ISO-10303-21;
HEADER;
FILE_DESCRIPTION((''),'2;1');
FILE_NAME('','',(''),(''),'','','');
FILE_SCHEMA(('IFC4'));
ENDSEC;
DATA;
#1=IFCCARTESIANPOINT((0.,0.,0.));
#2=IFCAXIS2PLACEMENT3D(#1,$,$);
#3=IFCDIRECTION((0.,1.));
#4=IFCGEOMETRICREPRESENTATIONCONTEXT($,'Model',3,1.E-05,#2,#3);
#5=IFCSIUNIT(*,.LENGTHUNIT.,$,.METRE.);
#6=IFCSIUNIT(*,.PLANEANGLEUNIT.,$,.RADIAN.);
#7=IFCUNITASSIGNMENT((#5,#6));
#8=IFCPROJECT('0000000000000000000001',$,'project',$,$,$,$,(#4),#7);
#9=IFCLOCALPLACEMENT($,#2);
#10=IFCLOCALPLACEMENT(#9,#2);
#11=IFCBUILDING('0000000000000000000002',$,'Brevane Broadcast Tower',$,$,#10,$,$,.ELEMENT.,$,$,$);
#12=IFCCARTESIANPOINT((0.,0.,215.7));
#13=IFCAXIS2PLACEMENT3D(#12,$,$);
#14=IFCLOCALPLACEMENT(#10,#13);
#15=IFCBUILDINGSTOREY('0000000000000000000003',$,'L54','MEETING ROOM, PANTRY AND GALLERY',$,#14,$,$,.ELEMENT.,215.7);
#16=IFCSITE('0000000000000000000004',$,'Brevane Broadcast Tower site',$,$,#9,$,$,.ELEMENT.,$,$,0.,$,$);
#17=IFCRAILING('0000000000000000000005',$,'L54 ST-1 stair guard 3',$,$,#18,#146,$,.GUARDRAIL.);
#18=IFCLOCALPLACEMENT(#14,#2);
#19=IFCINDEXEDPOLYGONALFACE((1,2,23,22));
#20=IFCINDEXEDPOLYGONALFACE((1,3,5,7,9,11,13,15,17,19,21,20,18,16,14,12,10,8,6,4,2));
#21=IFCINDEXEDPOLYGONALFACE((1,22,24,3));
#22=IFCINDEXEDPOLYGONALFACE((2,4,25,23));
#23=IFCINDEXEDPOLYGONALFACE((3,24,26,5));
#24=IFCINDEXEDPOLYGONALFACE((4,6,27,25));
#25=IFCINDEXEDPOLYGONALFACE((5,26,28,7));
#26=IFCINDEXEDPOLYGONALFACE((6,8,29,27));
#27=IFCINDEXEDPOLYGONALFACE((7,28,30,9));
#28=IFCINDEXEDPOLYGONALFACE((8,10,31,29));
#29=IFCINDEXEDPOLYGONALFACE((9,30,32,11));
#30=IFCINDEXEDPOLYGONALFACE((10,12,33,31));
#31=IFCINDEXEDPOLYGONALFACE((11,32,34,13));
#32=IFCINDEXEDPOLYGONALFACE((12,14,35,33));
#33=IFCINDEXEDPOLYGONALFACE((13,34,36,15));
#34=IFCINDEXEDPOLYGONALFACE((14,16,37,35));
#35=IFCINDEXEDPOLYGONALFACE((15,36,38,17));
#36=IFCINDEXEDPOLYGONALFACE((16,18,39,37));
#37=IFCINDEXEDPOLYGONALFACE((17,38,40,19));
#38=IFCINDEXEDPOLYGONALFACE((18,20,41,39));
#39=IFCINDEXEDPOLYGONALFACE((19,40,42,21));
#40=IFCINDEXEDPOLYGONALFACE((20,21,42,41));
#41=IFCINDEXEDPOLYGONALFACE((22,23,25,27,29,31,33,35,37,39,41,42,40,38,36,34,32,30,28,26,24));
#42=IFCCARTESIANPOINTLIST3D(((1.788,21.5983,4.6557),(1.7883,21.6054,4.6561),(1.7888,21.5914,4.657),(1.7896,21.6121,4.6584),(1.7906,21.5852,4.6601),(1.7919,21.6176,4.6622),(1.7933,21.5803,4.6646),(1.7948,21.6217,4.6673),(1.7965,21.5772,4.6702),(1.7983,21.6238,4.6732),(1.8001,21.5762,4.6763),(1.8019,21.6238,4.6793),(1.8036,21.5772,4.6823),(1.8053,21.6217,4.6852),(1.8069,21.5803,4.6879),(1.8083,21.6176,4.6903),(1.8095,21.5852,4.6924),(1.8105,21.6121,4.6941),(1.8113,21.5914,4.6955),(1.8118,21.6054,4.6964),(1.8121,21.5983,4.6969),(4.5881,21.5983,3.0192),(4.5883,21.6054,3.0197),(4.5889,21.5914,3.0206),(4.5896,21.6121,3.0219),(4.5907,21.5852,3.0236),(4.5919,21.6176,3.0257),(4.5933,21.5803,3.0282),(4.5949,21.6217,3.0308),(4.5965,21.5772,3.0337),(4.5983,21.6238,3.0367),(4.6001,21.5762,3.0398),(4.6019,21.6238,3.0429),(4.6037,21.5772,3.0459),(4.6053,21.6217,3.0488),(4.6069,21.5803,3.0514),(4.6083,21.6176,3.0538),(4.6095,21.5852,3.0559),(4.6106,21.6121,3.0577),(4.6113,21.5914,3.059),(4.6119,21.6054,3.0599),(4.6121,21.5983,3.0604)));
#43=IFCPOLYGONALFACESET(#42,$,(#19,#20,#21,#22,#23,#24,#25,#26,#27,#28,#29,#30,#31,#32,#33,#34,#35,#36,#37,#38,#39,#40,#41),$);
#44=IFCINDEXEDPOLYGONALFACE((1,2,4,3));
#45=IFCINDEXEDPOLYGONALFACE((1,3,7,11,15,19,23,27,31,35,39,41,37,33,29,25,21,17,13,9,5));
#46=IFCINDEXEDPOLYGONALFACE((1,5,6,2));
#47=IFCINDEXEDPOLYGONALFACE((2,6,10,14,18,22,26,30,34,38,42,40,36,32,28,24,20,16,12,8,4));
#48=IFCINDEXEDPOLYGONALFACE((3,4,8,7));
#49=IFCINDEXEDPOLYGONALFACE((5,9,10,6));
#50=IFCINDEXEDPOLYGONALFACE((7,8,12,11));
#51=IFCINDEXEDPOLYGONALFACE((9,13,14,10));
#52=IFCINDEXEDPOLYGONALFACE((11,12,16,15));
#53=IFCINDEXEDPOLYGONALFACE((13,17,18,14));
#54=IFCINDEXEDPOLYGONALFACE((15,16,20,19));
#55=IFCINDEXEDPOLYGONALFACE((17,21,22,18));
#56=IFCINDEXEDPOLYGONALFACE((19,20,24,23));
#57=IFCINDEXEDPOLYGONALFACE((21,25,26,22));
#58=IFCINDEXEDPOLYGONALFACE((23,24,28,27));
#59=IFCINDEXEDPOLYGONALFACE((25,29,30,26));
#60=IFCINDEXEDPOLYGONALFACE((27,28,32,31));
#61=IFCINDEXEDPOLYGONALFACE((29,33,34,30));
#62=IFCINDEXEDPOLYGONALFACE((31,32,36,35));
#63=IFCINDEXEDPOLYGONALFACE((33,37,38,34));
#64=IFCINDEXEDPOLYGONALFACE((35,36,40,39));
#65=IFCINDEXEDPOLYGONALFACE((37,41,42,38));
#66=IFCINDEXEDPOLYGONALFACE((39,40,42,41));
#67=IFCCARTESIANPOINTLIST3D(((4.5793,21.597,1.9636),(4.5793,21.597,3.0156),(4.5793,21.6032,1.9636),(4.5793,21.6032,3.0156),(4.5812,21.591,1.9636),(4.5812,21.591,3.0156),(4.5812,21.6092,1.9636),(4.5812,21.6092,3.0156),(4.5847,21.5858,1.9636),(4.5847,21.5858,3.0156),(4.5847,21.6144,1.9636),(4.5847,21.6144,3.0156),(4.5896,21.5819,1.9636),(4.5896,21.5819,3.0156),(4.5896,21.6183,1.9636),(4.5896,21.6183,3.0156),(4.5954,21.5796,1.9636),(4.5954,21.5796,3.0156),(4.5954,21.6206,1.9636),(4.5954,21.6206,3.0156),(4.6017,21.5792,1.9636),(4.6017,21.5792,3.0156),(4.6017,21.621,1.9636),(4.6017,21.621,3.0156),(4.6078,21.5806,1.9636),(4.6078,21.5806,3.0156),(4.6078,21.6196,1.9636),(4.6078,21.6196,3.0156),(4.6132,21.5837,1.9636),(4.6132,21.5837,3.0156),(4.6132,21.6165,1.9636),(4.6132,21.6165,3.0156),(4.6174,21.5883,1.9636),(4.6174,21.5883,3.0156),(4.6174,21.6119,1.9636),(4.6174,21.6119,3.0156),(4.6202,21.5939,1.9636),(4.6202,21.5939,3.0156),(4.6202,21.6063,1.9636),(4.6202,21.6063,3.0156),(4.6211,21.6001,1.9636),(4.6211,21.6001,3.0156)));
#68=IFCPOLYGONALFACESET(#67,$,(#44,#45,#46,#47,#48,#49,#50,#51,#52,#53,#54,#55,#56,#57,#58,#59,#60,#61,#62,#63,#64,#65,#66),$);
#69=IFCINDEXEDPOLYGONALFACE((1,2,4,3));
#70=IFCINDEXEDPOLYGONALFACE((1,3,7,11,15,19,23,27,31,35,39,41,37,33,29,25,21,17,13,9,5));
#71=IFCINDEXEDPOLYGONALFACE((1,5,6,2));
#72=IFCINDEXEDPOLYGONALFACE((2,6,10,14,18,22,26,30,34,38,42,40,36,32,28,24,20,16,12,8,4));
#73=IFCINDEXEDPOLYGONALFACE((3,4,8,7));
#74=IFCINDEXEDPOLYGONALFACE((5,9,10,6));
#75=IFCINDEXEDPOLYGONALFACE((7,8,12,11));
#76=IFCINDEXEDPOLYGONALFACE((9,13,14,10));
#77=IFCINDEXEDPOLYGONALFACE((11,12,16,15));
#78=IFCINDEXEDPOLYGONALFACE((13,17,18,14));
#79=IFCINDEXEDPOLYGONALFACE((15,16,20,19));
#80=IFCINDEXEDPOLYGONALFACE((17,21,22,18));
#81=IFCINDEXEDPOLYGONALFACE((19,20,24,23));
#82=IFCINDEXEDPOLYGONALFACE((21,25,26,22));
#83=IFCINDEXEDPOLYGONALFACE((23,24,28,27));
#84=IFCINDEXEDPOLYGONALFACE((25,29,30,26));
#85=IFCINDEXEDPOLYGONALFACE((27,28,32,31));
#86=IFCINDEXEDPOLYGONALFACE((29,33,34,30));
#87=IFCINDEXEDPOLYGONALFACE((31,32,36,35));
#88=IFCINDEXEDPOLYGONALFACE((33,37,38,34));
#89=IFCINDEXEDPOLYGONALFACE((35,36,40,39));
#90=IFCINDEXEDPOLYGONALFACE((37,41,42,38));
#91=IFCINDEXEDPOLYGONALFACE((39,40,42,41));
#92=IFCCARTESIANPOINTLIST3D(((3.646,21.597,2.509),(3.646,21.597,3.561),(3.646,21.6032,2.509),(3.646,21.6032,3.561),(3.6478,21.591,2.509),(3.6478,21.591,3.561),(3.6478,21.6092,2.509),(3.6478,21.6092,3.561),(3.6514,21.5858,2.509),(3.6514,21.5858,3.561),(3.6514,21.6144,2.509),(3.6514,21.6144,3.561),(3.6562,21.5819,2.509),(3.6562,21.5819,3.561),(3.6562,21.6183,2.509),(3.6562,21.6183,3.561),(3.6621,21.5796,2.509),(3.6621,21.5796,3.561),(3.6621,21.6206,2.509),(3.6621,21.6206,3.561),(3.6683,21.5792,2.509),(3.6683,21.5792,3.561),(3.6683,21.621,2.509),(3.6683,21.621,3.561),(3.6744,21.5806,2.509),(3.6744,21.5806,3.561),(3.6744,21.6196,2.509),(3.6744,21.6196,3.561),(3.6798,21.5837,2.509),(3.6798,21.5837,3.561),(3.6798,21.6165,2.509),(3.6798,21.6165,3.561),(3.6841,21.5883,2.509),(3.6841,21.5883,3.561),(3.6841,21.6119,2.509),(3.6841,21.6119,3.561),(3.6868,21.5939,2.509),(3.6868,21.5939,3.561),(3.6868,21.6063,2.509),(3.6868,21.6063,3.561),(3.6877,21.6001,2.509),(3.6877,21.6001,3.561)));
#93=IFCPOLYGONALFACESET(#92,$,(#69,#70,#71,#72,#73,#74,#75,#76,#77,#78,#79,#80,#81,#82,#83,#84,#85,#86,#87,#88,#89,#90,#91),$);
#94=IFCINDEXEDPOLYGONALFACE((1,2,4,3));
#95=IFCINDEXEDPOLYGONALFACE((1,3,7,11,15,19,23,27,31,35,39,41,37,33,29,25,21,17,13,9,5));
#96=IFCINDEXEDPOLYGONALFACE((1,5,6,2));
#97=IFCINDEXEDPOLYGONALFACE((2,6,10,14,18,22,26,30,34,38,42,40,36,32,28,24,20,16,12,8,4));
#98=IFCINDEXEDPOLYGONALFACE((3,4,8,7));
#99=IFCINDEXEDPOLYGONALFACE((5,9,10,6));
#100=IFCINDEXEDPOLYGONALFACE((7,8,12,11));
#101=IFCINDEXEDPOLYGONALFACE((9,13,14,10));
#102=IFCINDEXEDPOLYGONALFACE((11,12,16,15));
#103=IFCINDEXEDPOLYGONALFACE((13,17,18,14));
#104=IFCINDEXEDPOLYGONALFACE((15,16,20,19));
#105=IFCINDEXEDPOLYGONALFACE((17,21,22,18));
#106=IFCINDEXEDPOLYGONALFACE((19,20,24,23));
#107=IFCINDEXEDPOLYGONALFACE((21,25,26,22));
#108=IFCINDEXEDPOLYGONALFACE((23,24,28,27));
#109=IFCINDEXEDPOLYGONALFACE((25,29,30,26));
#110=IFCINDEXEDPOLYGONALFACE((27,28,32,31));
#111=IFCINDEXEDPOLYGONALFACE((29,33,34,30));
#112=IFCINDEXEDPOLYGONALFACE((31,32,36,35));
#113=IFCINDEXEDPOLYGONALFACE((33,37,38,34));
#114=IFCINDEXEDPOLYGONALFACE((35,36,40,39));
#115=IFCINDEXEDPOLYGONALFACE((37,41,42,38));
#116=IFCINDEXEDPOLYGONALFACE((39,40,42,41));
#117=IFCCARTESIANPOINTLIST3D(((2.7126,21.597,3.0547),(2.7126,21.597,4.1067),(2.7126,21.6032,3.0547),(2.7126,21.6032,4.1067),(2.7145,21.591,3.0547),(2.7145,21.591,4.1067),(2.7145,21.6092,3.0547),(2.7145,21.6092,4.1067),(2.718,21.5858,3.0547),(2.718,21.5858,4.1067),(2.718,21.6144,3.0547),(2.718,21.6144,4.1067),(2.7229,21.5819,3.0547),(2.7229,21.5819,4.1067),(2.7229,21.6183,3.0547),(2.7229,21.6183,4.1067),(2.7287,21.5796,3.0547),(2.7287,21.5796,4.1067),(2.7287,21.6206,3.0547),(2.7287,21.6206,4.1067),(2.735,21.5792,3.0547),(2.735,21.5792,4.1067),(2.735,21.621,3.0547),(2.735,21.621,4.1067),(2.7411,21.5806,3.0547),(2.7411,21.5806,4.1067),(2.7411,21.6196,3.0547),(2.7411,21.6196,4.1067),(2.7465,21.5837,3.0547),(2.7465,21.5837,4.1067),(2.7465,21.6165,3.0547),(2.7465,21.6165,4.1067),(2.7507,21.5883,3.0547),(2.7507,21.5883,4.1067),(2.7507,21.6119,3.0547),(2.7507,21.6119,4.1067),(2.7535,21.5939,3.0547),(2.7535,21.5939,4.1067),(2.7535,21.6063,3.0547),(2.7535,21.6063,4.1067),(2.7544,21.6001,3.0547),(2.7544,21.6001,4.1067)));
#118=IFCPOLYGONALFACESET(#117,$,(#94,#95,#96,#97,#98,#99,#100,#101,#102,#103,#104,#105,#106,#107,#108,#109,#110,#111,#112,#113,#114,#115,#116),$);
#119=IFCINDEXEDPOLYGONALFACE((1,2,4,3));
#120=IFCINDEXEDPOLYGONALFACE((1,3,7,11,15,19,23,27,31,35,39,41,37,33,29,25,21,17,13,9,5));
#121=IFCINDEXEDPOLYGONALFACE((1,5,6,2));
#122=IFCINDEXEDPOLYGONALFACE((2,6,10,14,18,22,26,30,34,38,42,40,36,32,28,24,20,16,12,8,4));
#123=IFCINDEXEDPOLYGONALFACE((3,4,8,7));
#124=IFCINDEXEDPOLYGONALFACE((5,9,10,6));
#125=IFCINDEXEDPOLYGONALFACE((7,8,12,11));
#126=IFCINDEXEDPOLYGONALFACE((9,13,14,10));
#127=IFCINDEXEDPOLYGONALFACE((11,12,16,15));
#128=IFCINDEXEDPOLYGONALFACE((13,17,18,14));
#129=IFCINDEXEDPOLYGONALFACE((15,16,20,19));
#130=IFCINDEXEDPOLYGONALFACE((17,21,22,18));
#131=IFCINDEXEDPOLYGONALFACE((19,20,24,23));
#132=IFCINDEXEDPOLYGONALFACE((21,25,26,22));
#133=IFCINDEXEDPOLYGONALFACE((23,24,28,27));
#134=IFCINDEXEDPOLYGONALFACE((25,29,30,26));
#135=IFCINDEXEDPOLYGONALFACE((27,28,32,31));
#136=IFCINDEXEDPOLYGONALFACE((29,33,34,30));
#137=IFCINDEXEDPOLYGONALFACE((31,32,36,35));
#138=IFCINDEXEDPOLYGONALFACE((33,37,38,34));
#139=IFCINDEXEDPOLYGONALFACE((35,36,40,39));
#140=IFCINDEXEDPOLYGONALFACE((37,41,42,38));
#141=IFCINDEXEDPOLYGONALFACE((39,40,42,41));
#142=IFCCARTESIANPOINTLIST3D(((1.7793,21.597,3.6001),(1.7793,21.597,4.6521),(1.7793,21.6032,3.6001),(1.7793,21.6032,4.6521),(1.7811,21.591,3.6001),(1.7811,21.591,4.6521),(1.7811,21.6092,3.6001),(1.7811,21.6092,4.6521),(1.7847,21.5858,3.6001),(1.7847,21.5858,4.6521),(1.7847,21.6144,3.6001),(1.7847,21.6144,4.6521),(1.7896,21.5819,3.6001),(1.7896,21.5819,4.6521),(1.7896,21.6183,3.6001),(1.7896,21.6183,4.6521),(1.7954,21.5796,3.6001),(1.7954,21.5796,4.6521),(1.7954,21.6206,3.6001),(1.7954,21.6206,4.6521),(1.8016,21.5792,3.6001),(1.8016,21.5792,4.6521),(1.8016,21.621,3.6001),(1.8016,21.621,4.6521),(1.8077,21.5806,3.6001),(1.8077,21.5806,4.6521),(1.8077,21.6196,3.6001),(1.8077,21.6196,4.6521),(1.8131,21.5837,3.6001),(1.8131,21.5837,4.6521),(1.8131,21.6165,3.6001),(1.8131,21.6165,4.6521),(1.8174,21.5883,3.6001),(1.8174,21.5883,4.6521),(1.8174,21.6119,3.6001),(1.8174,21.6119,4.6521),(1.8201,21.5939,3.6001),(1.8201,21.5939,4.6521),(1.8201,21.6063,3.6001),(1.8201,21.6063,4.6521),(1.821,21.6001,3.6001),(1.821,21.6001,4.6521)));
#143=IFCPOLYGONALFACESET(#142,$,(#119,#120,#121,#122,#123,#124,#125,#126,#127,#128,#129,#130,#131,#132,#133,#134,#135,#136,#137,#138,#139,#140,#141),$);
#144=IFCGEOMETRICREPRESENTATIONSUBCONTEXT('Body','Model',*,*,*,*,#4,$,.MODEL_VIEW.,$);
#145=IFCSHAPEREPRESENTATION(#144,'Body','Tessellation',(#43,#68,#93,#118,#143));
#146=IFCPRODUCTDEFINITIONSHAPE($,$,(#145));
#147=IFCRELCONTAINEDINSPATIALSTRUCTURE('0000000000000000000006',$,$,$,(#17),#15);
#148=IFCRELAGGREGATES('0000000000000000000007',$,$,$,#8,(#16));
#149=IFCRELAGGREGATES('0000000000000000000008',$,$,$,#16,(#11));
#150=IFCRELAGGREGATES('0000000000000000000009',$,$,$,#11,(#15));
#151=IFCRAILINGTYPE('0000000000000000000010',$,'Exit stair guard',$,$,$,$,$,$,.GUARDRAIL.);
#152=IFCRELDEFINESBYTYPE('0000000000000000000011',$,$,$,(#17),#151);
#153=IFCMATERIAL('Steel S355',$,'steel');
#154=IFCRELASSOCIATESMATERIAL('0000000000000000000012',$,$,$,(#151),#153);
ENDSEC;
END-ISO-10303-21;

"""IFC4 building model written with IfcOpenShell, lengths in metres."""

from ifc_helpers import new_model, si_unit, direction, frame, origin, origin_2d, place, context, subcontext, project, spatial, circle, extrude, material, type_object, element, save


model = new_model("IFC4")

# Units and contexts
model_context = context("Model", 3, precision=1e-05, world=origin(), true_north=direction((0.0, 1.0)))
body_context = subcontext(model_context, "Body", "Model", "MODEL_VIEW")
ifc_project = project(units=[si_unit("LENGTHUNIT", "METRE"), si_unit("PLANEANGLEUNIT", "RADIAN")], contexts=[model_context])

# Site, building, storey
site_placement = place(None, origin())
site = spatial("IfcSite", under=ifc_project, at=site_placement, Name="Brevane Broadcast Tower site", CompositionType="ELEMENT", RefElevation=0.0)
building_placement = place(site_placement, origin())
building = spatial("IfcBuilding", under=site, at=building_placement, Name="Brevane Broadcast Tower", CompositionType="ELEMENT")
storey_placement = place(building_placement, frame((0.0, 0.0, 215.7)))
storey = spatial("IfcBuildingStorey", under=building, at=storey_placement, Name="L54", Description="MEETING ROOM, PANTRY AND GALLERY", CompositionType="ELEMENT", Elevation=215.7)

# Railing
ifc_material_1 = material(Name="Steel S355", Category="steel")
railing_type_1 = type_object("IfcRailingType", Name="Exit stair guard", PredefinedType="GUARDRAIL", material=ifc_material_1)
railing_1_placement = place(storey_placement, frame((4.6001, 21.6001, 1.9636)))
element("IfcRailing", 1, at=railing_1_placement, inside=storey, type_object=railing_type_1, Name="L54 ST-1 stair guard 3", PredefinedType="GUARDRAIL", context=body_context, shape_type="SweptSolid", body=[
    extrude(circle(Radius=0.0239, at=origin_2d()), frame((0.0, 0.0, 1.0762), z_axis=(-0.863361, 0.0, 0.504587), x_axis=(0.0, -1.0, 0.0)), (0.0, 0.0, 1.0), 3.2432),
    extrude(circle(Radius=0.021, at=origin_2d()), origin(), (0.0, 0.0, 1.0), 1.052),
    extrude(circle(Radius=0.021, at=origin_2d()), frame((-0.9333, 0.0, 0.5454)), (0.0, 0.0, 1.0), 1.052),
    extrude(circle(Radius=0.021, at=origin_2d()), frame((-1.8667, 0.0, 1.0911)), (0.0, 0.0, 1.0), 1.052),
    extrude(circle(Radius=0.021, at=origin_2d()), frame((-2.8, 0.0, 1.6365)), (0.0, 0.0, 1.0), 1.052),
])

save(model, "model.ifc")
